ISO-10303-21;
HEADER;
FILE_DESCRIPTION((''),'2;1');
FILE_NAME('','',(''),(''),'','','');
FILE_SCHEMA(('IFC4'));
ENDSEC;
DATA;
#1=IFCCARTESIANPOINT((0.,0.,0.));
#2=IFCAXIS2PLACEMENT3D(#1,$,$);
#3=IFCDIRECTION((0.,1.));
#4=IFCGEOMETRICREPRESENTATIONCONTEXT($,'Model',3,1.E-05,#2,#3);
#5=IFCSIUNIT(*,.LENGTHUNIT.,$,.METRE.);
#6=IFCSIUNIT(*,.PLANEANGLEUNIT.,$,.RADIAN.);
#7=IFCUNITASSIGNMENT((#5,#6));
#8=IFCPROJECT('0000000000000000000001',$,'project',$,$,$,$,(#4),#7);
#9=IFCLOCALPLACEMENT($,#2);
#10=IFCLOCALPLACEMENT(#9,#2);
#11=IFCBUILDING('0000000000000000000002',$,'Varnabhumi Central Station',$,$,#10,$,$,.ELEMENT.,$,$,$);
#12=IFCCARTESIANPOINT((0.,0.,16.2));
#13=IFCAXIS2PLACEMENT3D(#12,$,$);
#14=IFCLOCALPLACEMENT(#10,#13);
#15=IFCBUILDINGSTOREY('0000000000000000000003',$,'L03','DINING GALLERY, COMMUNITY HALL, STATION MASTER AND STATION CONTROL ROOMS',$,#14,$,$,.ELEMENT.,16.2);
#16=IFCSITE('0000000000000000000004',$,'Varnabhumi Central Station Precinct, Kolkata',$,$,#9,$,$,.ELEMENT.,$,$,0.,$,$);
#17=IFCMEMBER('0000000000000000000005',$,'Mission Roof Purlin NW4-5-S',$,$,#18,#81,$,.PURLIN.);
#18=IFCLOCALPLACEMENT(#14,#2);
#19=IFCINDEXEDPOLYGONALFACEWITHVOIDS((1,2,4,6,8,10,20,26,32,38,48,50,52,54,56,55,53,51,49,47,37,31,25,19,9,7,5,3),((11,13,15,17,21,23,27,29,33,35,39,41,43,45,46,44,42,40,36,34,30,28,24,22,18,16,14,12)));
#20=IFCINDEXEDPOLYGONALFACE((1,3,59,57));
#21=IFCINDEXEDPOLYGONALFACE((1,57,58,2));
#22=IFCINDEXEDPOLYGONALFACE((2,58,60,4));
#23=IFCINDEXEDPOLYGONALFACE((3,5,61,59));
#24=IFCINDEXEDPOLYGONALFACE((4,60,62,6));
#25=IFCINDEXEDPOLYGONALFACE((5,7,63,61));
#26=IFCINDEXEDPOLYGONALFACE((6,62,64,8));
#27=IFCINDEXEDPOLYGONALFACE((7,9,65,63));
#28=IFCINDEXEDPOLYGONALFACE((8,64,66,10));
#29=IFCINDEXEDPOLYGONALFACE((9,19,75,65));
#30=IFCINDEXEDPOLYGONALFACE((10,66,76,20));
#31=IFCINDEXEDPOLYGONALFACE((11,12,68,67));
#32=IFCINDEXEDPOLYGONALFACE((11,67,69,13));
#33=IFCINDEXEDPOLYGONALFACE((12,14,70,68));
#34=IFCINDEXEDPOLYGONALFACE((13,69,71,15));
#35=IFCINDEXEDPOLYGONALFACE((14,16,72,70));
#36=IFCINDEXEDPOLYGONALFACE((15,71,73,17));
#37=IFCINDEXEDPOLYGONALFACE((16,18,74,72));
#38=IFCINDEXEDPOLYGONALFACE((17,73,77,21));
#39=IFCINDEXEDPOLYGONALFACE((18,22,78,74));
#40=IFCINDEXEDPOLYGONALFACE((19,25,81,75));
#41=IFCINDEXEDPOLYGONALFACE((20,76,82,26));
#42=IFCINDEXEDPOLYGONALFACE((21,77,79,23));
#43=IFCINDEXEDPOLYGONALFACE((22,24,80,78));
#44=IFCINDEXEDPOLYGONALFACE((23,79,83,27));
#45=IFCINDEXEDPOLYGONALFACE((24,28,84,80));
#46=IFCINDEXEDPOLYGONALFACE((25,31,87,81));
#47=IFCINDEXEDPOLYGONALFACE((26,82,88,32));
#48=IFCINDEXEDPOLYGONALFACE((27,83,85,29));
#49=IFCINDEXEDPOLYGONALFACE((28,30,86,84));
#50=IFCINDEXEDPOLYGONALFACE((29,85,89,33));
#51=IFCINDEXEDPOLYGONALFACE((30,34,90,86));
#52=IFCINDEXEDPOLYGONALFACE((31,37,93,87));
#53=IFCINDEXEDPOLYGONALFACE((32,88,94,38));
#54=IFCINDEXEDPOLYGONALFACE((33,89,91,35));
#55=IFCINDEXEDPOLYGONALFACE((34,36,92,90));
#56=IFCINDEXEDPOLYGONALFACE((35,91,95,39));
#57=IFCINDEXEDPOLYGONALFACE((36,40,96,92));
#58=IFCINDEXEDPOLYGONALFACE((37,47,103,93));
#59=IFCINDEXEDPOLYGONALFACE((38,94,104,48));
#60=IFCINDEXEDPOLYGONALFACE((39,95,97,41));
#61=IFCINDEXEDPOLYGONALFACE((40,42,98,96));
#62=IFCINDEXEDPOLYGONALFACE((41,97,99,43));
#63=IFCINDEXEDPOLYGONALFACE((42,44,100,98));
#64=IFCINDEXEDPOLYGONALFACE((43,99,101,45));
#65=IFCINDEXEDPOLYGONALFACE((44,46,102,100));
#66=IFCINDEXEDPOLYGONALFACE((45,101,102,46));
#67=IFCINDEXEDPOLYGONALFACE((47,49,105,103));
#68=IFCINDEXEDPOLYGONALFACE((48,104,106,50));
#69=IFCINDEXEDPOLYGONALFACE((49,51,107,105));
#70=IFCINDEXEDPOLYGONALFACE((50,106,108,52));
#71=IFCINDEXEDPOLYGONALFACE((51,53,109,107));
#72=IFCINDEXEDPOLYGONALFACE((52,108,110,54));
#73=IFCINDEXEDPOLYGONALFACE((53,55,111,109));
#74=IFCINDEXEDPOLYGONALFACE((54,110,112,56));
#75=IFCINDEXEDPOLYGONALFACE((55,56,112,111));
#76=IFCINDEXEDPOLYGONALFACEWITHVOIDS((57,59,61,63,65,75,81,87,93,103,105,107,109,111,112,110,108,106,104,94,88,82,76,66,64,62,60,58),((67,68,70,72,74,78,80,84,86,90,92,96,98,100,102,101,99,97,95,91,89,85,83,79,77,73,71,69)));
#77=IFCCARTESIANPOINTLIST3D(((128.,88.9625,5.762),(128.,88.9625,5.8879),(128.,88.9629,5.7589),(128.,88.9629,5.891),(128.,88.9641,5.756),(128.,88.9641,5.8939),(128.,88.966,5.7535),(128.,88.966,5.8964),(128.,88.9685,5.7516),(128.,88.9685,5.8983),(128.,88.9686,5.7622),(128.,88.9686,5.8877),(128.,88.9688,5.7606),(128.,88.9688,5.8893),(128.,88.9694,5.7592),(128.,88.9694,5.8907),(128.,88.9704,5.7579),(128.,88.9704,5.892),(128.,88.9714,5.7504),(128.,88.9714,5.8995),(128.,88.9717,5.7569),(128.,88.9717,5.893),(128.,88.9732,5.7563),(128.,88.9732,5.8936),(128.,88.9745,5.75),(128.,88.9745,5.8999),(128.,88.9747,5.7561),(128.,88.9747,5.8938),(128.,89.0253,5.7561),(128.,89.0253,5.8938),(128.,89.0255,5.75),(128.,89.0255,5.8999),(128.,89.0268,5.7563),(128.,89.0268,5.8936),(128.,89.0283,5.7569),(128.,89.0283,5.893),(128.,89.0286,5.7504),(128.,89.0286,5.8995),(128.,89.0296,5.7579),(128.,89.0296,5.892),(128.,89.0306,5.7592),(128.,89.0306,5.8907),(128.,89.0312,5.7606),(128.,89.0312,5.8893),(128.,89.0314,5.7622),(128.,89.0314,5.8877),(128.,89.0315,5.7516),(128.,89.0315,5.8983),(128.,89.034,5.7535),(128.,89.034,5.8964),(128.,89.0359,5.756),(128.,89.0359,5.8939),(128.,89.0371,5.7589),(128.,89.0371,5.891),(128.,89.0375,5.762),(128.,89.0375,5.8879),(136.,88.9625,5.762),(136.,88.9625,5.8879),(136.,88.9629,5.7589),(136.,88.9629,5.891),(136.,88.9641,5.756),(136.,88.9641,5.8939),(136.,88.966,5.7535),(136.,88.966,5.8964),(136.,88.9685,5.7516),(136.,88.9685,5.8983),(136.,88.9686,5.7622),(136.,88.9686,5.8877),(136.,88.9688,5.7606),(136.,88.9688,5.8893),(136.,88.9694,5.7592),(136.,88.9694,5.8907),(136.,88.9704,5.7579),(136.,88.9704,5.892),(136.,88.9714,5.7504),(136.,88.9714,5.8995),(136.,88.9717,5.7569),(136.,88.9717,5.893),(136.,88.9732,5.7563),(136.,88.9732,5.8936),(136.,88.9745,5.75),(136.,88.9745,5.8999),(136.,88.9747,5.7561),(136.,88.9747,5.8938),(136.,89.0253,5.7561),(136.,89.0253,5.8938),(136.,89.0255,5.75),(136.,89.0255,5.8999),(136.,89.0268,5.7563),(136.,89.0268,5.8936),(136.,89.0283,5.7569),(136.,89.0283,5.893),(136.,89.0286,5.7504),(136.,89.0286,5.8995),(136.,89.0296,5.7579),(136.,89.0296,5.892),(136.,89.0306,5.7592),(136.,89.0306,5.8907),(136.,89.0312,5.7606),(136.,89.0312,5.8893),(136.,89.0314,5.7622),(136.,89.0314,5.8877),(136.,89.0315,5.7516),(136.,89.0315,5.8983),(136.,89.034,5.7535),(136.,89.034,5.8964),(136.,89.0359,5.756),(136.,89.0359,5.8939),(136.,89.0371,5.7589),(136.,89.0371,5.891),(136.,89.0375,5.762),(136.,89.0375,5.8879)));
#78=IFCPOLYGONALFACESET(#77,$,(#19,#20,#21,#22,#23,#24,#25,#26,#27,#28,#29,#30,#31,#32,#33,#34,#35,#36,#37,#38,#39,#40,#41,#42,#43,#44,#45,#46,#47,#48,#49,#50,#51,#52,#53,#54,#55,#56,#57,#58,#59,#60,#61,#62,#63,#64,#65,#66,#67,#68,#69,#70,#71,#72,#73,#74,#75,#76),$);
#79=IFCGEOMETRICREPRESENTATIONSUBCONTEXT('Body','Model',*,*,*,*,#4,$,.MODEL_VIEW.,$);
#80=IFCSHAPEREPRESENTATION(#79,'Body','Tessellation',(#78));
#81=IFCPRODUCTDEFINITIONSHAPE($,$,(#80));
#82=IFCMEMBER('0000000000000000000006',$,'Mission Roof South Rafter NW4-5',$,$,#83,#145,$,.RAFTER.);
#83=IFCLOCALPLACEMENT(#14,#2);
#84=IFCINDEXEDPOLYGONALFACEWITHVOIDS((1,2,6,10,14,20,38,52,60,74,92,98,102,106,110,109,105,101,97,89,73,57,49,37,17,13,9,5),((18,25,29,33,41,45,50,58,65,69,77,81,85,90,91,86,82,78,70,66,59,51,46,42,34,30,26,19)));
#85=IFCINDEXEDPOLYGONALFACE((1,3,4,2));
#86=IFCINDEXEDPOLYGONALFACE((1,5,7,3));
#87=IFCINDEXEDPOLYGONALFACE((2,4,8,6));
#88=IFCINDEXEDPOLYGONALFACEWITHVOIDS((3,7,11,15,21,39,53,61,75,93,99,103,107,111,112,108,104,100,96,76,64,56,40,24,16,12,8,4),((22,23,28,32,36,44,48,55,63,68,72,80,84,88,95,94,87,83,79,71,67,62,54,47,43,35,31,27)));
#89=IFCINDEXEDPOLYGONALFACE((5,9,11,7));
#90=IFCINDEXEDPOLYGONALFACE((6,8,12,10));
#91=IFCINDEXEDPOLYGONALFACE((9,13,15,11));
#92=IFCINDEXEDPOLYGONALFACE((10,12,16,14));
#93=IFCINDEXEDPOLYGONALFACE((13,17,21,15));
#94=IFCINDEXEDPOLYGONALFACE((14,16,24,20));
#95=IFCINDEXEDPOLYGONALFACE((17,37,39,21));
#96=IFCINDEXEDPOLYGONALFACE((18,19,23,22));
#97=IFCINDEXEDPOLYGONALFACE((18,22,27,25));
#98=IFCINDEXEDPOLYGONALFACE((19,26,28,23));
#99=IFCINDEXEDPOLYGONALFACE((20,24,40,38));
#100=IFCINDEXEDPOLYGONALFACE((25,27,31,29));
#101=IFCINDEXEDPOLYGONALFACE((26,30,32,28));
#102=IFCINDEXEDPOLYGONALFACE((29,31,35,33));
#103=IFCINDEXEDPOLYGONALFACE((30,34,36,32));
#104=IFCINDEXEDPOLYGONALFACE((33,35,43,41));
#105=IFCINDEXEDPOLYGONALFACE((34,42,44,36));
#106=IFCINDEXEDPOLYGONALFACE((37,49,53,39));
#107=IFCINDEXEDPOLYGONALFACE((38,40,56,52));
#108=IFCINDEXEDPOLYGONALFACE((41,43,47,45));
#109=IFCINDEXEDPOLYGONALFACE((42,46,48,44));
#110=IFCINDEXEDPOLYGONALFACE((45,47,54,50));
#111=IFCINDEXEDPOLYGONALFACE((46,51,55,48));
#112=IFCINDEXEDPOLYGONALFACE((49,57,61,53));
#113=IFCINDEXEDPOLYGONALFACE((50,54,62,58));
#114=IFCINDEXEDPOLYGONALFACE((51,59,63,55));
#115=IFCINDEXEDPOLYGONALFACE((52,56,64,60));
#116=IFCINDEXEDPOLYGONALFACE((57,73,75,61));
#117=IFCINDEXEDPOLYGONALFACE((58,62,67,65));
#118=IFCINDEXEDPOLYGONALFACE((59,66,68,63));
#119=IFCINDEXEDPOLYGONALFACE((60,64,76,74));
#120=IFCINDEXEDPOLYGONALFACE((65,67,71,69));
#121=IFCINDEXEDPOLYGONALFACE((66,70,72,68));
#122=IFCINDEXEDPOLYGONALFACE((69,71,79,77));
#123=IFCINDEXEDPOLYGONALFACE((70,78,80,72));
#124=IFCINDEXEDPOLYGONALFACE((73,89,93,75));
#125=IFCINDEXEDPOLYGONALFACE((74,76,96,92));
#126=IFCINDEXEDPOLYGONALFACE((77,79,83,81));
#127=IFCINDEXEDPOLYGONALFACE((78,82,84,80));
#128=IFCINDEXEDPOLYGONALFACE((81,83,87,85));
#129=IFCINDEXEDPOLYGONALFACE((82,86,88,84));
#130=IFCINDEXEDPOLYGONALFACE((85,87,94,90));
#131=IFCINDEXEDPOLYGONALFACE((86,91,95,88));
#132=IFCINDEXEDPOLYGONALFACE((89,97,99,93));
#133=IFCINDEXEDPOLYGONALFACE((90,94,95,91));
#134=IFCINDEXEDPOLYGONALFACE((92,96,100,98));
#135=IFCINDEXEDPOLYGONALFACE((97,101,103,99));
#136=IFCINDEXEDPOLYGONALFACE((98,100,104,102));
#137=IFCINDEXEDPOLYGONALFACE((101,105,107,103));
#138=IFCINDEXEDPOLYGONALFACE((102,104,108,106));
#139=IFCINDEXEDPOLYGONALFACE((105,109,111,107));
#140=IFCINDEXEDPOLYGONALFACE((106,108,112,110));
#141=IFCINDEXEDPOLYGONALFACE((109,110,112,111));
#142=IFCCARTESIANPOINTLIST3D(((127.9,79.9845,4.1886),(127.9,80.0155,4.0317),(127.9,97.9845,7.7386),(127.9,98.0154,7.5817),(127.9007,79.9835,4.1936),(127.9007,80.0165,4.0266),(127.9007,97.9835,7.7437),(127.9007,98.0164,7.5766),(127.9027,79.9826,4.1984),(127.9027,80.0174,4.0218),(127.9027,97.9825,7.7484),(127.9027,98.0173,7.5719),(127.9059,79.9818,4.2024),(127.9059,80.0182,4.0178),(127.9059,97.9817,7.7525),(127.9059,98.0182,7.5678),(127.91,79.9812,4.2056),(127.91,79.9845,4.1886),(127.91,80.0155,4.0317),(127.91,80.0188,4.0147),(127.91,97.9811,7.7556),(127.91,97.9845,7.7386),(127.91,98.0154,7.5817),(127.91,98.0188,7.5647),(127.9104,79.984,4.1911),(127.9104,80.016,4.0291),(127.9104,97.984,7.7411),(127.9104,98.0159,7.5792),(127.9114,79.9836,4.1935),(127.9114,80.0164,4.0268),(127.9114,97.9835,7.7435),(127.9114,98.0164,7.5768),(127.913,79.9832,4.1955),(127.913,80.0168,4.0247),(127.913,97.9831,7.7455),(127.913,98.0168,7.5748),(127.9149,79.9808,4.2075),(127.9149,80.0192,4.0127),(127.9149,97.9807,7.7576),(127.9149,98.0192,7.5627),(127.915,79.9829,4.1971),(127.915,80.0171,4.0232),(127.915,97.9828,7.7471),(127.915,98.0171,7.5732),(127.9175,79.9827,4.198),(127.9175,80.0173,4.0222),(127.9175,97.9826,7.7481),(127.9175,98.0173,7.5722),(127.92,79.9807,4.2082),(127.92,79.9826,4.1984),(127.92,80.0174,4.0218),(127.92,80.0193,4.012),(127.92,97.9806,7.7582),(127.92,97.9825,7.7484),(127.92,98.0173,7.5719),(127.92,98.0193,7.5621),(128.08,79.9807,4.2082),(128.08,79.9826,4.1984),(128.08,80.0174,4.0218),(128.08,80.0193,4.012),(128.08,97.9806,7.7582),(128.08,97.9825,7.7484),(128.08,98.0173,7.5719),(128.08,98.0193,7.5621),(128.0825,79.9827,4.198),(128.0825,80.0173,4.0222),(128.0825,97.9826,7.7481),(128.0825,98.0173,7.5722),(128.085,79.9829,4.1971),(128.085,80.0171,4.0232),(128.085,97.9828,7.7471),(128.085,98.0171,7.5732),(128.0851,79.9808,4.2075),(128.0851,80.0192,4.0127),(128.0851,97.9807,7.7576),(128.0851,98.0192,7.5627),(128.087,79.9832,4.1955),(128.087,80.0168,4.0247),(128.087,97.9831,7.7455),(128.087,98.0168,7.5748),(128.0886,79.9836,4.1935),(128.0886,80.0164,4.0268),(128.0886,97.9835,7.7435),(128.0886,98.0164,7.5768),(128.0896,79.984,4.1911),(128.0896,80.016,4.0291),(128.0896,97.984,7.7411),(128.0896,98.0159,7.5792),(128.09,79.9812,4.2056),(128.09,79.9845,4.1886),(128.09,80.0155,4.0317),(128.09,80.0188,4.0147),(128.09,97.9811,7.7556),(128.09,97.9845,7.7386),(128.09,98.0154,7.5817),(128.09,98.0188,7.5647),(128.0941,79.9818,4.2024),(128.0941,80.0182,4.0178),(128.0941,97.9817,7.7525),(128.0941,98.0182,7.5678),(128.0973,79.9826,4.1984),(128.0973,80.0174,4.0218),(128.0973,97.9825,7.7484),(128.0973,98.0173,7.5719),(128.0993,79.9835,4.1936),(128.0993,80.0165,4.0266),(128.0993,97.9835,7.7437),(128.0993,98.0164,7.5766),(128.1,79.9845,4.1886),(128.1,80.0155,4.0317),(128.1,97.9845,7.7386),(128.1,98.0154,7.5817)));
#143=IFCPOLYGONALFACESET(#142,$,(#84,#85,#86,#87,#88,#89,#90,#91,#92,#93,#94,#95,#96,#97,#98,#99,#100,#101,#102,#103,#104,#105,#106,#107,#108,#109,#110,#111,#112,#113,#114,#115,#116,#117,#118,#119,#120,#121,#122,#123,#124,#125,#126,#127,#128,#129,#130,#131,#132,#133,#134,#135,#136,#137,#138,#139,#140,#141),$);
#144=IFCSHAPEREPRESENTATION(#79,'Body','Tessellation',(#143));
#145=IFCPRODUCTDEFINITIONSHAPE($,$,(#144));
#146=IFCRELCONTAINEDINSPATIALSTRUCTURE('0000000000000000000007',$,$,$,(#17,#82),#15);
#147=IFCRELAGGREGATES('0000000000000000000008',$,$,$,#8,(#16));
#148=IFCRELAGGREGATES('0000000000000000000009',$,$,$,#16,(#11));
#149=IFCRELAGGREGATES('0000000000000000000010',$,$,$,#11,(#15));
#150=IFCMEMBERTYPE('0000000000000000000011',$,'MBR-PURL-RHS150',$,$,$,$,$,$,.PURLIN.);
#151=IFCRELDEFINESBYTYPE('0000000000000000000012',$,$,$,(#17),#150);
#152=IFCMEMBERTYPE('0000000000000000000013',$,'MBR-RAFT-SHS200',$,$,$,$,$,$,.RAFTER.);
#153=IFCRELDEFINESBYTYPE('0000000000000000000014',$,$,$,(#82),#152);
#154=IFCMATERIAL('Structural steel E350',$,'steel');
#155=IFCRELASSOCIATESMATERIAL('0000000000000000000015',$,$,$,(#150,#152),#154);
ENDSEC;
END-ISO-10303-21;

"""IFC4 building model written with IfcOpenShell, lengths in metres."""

from ifc_helpers import new_model, si_unit, direction, frame, origin, origin_2d, place, context, subcontext, project, spatial, hollow_rectangle, extrude, material, material_profile, profile_set, type_object, element, save


model = new_model("IFC4")

# Units and contexts
model_context = context("Model", 3, precision=1e-05, world=origin(), true_north=direction((0.0, 1.0)))
body_context = subcontext(model_context, "Body", "Model", "MODEL_VIEW")
ifc_project = project(units=[si_unit("LENGTHUNIT", "METRE"), si_unit("PLANEANGLEUNIT", "RADIAN")], contexts=[model_context])

# Site, building, storey
site_placement = place(None, origin())
site = spatial("IfcSite", under=ifc_project, at=site_placement, Name="Varnabhumi Central Station Precinct, Kolkata", CompositionType="ELEMENT", RefElevation=0.0)
building_placement = place(site_placement, origin())
building = spatial("IfcBuilding", under=site, at=building_placement, Name="Varnabhumi Central Station", CompositionType="ELEMENT")
storey_placement = place(building_placement, frame((0.0, 0.0, 16.2)))
storey = spatial("IfcBuildingStorey", under=building, at=storey_placement, Name="L03", Description="DINING GALLERY, COMMUNITY HALL, STATION MASTER AND STATION CONTROL ROOMS", CompositionType="ELEMENT", Elevation=16.2)

# Shared definitions
ifc_material_1 = material(Name="Structural steel E350", Category="steel")

# Members
ifc_material_profile_1 = material_profile(ifc_material_1, hollow_rectangle(XDim=0.075, YDim=0.1499, WallThickness=0.0061, InnerFilletRadius=0.0061, OuterFilletRadius=0.012, at=origin_2d()), Name="Structural steel E350", Category="steel")
ifc_profile_set_1 = profile_set([ifc_material_profile_1], Name="Structural steel E350")
member_type_1 = type_object("IfcMemberType", Name="MBR-PURL-RHS150", PredefinedType="PURLIN", material=ifc_profile_set_1)
member_1_placement = place(storey_placement, frame((128.0, 89.0, 5.825), z_axis=(1.0, 0.0, 0.0), x_axis=(0.0, 1.0, 0.0)))
element("IfcMember", 1, at=member_1_placement, inside=storey, type_object=member_type_1, Name="Mission Roof Purlin NW4-5-S", PredefinedType="PURLIN", context=body_context, shape_type="SweptSolid", body=[
    extrude(hollow_rectangle(XDim=0.075, YDim=0.1499, WallThickness=0.0061, InnerFilletRadius=0.0061, OuterFilletRadius=0.012, at=origin_2d()), origin(), (0.0, 0.0, 1.0), 8.0),
])
ifc_material_profile_2 = material_profile(ifc_material_1, hollow_rectangle(XDim=0.2, YDim=0.2, WallThickness=0.01, InnerFilletRadius=0.01, OuterFilletRadius=0.02, at=origin_2d()), Name="Structural steel E350", Category="steel")
ifc_profile_set_2 = profile_set([ifc_material_profile_2], Name="Structural steel E350")
member_type_2 = type_object("IfcMemberType", Name="MBR-RAFT-SHS200", PredefinedType="RAFTER", material=ifc_profile_set_2)
for number, where, z_axis, x_axis, name in (
    (2, (128.0, 80.0, 4.1101), (0.0, 0.981101, 0.193498), (-1.0, 0.0, 0.0), "Mission Roof South Rafter NW4-5"),
):
    element("IfcMember", number, at=place(storey_placement, frame(where, z_axis=z_axis, x_axis=x_axis)), inside=storey, type_object=member_type_2, Name=name, PredefinedType="RAFTER", context=body_context, shape_type="SweptSolid", body=[
        extrude(hollow_rectangle(XDim=0.2, YDim=0.2, WallThickness=0.01, InnerFilletRadius=0.01, OuterFilletRadius=0.02, at=origin_2d()), origin(), (0.0, 0.0, 1.0), 18.3467),
    ])

save(model, "model.ifc")
